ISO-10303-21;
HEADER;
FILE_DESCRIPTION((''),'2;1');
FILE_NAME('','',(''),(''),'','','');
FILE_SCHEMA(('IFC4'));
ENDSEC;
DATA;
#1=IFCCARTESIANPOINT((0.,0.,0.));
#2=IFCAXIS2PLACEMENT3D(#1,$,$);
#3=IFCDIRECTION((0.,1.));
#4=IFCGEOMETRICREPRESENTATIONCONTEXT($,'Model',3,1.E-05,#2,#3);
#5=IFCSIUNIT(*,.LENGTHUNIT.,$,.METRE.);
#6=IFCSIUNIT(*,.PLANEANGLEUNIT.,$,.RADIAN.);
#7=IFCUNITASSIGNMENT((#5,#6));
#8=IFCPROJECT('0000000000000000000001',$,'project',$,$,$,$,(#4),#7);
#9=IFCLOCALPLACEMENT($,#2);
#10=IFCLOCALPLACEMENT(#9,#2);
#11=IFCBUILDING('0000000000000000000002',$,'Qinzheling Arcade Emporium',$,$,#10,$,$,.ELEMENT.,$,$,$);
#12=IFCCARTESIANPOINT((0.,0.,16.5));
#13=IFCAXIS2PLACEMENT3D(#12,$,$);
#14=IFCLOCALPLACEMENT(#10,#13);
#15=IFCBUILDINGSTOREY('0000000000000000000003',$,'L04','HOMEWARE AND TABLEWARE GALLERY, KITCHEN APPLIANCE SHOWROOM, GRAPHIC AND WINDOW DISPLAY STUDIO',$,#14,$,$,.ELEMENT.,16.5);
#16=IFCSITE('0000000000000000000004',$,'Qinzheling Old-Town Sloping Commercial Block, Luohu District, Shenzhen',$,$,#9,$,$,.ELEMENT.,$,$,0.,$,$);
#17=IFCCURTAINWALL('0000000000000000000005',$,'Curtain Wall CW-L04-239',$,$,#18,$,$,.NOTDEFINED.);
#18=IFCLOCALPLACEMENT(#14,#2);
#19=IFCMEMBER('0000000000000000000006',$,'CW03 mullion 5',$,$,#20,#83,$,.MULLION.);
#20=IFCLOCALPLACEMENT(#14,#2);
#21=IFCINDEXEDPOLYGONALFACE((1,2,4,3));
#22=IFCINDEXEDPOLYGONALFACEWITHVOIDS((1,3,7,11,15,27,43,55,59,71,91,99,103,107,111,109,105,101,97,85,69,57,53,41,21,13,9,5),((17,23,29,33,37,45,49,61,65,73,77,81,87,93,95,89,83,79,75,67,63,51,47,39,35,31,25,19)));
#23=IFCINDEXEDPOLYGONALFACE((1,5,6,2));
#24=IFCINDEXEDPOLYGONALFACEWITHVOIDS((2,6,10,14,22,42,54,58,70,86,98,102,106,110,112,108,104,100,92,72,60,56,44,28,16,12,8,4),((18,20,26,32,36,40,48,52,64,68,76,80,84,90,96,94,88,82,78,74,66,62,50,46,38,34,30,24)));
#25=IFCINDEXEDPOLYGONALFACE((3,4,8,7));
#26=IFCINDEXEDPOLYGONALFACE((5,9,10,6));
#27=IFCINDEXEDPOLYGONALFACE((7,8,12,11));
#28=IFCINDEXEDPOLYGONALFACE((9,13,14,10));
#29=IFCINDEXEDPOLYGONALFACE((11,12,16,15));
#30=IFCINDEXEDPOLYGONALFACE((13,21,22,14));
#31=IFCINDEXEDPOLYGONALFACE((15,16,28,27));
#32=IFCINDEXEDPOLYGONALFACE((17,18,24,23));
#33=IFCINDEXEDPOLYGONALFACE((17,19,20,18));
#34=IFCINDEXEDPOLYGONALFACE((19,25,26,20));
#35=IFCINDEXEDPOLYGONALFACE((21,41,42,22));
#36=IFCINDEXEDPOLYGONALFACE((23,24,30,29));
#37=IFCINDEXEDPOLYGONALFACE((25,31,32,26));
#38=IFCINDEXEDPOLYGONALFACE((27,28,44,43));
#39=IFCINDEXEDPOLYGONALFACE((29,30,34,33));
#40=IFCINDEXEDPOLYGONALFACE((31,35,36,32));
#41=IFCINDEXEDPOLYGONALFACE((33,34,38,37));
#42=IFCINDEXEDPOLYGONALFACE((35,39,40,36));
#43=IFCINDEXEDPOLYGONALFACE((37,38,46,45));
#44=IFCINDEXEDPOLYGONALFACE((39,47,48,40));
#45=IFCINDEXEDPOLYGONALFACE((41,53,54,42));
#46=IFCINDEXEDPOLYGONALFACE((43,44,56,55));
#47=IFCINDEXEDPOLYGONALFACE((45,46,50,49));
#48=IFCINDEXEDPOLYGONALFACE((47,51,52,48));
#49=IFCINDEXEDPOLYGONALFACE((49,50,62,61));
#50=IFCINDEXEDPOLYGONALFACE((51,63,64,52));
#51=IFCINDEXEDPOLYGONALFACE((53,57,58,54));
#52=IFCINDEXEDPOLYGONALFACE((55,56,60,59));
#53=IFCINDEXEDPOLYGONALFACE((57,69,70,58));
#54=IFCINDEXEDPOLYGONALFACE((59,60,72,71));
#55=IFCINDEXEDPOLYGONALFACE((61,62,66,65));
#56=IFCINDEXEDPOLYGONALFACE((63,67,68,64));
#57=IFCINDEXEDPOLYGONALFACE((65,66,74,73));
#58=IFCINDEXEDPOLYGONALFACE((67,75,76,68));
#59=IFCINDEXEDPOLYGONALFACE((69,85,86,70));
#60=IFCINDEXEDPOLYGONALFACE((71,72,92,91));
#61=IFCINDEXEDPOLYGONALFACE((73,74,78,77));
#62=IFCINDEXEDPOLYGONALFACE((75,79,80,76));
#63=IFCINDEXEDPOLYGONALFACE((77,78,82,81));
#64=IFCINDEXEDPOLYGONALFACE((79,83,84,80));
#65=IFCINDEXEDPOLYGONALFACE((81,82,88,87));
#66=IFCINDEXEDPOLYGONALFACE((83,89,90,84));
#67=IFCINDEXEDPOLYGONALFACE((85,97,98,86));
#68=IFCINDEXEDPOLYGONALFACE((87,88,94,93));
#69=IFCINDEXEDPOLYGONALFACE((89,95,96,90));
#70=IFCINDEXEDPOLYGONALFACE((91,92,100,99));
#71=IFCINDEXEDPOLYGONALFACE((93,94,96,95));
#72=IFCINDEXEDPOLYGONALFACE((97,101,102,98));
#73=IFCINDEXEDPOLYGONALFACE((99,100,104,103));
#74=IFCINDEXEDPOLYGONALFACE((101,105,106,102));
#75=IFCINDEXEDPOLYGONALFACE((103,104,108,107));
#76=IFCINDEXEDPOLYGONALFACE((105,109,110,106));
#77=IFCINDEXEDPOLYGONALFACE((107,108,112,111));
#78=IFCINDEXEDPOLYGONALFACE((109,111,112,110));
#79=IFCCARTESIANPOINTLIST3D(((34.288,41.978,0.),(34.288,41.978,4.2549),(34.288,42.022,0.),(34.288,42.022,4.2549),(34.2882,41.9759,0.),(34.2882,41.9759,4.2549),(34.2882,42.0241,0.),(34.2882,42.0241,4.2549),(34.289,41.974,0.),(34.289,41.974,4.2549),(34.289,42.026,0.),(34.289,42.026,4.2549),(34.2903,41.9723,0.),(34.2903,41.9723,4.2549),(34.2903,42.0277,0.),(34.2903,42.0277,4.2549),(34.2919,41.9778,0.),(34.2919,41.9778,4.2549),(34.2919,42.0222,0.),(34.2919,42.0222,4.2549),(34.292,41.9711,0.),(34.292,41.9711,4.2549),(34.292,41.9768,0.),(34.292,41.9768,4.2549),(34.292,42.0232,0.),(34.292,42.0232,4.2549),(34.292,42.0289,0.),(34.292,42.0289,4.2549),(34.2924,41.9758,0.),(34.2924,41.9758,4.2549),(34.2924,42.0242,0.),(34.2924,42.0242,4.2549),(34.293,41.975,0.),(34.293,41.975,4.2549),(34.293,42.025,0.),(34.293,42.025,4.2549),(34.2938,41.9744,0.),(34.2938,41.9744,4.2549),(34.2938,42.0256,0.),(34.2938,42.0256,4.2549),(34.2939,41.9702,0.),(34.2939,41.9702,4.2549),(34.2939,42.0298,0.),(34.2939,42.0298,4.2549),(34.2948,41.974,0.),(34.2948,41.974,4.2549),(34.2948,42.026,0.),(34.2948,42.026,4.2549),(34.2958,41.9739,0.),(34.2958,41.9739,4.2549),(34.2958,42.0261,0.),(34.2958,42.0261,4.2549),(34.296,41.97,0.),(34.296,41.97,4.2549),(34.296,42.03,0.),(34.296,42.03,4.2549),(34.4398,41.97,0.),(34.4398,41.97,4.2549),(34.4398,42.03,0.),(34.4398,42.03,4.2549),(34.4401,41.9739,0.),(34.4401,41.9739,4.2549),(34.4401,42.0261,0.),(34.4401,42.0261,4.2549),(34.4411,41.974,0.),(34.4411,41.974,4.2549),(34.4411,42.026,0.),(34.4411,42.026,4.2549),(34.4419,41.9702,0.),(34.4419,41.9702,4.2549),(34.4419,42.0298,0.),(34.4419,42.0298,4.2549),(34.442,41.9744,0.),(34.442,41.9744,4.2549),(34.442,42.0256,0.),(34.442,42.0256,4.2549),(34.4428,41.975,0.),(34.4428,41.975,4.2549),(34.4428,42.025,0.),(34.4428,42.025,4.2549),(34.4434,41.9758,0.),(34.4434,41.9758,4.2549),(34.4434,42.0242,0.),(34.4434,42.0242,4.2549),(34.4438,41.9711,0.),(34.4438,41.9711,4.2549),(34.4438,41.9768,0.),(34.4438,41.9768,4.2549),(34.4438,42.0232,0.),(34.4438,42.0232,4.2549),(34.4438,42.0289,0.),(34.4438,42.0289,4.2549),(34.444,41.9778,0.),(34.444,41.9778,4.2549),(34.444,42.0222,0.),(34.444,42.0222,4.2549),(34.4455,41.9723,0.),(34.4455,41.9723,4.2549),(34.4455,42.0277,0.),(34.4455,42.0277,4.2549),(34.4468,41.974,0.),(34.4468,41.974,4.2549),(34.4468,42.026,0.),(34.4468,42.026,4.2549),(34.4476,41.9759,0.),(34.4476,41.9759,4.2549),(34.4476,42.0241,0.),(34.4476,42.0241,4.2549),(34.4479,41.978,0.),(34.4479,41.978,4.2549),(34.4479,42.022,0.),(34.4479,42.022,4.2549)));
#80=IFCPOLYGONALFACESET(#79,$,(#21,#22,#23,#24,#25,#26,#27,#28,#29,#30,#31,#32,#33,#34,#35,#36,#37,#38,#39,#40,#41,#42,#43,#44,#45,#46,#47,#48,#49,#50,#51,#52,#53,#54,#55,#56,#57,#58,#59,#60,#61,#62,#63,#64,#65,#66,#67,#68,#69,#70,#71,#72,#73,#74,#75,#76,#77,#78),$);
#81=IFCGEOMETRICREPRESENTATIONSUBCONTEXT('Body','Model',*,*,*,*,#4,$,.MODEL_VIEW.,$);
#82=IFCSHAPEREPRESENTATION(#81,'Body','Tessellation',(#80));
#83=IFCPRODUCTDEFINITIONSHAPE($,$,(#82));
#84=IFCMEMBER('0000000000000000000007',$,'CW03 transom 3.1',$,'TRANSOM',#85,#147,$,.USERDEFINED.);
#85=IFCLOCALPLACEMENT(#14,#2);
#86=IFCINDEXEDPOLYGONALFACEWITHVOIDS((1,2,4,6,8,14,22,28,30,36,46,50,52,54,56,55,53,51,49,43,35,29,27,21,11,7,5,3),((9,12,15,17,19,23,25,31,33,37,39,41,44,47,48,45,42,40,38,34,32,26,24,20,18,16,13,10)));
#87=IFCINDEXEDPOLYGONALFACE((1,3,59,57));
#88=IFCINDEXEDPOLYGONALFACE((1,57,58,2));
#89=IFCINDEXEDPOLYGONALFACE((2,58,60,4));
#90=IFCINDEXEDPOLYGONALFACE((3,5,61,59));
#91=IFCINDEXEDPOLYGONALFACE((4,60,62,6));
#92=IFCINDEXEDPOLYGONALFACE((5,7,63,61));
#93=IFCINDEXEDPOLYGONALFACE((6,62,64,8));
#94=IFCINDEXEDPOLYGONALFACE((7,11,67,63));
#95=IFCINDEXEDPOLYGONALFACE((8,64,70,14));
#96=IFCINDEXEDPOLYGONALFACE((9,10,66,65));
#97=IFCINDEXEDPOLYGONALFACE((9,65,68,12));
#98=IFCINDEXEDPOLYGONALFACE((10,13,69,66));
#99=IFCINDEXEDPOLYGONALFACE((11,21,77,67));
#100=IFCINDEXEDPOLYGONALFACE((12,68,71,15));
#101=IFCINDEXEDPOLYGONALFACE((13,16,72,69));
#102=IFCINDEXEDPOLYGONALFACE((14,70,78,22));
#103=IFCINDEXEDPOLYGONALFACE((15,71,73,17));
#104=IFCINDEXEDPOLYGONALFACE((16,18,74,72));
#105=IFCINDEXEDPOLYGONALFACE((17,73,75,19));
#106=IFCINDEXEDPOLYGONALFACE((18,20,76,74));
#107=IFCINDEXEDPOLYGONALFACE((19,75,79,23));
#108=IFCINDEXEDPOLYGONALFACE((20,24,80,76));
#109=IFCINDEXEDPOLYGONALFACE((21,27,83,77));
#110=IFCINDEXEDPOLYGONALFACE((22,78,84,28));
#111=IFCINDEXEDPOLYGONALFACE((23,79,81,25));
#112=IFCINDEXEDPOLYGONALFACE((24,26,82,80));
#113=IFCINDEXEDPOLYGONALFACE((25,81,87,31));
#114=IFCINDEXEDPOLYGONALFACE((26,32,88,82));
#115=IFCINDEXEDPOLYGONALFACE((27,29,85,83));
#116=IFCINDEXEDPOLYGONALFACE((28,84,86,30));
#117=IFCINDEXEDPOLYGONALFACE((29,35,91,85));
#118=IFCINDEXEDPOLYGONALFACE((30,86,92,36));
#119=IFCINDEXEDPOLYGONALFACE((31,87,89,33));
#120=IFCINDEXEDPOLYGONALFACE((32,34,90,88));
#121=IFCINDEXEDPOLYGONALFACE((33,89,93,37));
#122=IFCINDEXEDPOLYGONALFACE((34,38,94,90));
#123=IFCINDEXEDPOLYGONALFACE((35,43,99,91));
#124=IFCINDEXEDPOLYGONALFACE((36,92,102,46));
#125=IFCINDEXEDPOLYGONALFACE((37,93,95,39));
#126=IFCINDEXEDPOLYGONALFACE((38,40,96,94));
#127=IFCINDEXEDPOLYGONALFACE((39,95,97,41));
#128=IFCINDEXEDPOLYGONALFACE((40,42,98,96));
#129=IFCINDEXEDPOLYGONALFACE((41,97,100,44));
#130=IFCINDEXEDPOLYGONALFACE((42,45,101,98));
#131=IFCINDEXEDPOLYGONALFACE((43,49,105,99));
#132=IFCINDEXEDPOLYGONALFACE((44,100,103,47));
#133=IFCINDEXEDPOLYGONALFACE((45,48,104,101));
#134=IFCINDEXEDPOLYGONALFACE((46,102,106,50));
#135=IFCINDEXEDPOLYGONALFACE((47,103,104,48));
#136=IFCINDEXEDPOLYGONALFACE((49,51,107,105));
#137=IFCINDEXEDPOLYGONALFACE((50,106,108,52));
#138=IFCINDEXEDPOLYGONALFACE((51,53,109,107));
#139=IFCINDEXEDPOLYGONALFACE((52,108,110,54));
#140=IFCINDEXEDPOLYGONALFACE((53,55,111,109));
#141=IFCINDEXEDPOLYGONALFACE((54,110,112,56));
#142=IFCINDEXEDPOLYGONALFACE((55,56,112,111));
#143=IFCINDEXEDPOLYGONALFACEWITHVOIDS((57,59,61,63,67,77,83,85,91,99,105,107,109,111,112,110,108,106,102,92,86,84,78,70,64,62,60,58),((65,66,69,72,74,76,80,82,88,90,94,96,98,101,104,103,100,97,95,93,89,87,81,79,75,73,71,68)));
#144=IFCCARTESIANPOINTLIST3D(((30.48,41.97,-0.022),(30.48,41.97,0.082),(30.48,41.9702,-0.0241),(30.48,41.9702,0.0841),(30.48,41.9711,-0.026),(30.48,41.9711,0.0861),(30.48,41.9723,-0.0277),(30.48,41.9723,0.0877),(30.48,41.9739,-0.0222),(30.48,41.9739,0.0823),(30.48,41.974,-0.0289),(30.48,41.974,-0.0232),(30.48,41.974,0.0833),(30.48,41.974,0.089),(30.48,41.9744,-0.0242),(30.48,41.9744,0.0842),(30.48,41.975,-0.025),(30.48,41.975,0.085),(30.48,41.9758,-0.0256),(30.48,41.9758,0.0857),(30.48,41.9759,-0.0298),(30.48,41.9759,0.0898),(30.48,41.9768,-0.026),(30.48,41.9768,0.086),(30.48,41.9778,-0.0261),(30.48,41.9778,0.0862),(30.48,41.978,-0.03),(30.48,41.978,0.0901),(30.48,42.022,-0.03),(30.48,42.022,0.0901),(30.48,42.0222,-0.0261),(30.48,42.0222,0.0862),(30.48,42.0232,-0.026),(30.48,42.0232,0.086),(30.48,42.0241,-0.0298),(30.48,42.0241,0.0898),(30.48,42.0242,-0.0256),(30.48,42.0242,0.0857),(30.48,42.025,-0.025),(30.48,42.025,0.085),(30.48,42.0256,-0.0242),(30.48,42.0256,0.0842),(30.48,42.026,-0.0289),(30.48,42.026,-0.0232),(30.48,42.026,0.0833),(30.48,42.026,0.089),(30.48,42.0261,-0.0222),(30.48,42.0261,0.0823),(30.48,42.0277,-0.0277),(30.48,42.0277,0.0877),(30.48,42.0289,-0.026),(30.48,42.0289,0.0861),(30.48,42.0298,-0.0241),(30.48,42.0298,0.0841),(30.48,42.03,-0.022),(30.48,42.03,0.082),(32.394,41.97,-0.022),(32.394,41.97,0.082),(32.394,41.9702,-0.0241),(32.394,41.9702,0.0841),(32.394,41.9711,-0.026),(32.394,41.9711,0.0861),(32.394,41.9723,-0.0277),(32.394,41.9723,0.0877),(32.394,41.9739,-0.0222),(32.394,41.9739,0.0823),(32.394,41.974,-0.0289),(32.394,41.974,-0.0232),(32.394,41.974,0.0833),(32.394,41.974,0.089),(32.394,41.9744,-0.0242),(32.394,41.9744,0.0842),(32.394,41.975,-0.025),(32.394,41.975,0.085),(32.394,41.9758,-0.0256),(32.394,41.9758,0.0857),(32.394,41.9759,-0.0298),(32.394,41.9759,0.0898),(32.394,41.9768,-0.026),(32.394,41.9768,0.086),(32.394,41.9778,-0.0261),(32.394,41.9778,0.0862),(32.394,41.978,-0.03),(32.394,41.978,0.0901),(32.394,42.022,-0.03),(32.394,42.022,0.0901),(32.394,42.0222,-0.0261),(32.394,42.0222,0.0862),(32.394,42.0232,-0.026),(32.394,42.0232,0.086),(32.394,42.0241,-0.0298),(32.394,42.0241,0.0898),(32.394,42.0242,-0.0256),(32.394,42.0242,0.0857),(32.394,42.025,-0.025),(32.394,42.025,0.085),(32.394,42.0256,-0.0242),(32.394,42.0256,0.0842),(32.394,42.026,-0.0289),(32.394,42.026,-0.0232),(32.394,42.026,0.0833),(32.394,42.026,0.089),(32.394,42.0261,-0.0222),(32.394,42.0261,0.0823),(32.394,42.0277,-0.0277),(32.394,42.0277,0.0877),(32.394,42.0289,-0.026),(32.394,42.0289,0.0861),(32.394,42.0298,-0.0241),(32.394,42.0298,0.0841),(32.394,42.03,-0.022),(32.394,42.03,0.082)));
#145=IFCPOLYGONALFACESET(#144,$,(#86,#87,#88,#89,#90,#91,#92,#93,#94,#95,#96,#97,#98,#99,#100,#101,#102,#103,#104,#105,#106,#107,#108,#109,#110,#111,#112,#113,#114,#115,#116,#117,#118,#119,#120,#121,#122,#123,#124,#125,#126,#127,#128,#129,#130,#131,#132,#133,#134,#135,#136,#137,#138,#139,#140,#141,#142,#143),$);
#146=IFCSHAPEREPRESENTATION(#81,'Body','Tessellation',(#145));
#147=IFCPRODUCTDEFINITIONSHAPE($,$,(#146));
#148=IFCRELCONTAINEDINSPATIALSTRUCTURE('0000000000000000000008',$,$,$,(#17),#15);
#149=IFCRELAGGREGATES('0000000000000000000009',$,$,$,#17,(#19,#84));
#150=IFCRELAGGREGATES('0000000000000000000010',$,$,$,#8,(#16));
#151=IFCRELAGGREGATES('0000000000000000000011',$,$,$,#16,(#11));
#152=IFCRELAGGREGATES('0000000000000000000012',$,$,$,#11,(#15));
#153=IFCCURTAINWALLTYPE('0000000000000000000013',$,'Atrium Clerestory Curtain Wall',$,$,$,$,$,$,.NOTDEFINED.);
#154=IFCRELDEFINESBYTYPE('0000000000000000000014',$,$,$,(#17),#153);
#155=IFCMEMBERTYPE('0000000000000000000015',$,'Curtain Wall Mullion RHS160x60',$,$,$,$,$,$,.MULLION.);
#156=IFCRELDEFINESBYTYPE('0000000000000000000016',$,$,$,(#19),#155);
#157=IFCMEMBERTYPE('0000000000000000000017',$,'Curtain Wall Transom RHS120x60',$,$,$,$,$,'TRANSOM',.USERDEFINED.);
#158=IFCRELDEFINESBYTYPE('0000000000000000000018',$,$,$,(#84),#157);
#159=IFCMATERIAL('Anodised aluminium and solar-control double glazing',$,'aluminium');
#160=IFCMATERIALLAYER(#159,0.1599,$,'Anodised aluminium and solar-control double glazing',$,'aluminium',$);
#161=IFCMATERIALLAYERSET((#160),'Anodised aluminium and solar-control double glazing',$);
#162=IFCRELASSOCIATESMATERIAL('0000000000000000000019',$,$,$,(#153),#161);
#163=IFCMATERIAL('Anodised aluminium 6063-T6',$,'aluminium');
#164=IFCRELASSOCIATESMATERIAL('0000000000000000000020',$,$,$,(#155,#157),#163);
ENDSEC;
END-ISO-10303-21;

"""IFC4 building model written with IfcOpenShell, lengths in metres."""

from ifc_helpers import new_model, si_unit, direction, frame, origin, origin_2d, place, context, subcontext, project, spatial, hollow_rectangle, extrude, material, layer, layer_set, material_profile, profile_set, type_object, element, aggregate, save


model = new_model("IFC4")

# Units and contexts
model_context = context("Model", 3, precision=1e-05, world=origin(), true_north=direction((0.0, 1.0)))
body_context = subcontext(model_context, "Body", "Model", "MODEL_VIEW")
ifc_project = project(units=[si_unit("LENGTHUNIT", "METRE"), si_unit("PLANEANGLEUNIT", "RADIAN")], contexts=[model_context])

# Site, building, storey
site_placement = place(None, origin())
site = spatial("IfcSite", under=ifc_project, at=site_placement, Name="Qinzheling Old-Town Sloping Commercial Block, Luohu District, Shenzhen", CompositionType="ELEMENT", RefElevation=0.0)
building_placement = place(site_placement, origin())
building = spatial("IfcBuilding", under=site, at=building_placement, Name="Qinzheling Arcade Emporium", CompositionType="ELEMENT")
storey_placement = place(building_placement, frame((0.0, 0.0, 16.5)))
storey = spatial("IfcBuildingStorey", under=building, at=storey_placement, Name="L04", Description="HOMEWARE AND TABLEWARE GALLERY, KITCHEN APPLIANCE SHOWROOM, GRAPHIC AND WINDOW DISPLAY STUDIO", CompositionType="ELEMENT", Elevation=16.5)

# Curtain wall, members
ifc_material_1 = material(Name="Anodised aluminium and solar-control double glazing", Category="aluminium")
ifc_layer_1 = layer(ifc_material_1, 0.1599, Name="Anodised aluminium and solar-control double glazing", Category="aluminium")
ifc_layer_set_1 = layer_set([ifc_layer_1], Name="Anodised aluminium and solar-control double glazing")
curtain_wall_type = type_object("IfcCurtainWallType", Name="Atrium Clerestory Curtain Wall", PredefinedType="NOTDEFINED", material=ifc_layer_set_1)
curtain_wall_placement = place(storey_placement, origin())
curtain_wall = element("IfcCurtainWall", 1, at=curtain_wall_placement, inside=storey, type_object=curtain_wall_type, Name="Curtain Wall CW-L04-239", PredefinedType="NOTDEFINED")
ifc_material_2 = material(Name="Anodised aluminium 6063-T6", Category="aluminium")
ifc_material_profile_1 = material_profile(ifc_material_2, hollow_rectangle(XDim=0.0601, YDim=0.1599, WallThickness=0.0039, InnerFilletRadius=0.0039, OuterFilletRadius=0.0081, at=origin_2d()), Name="RHS 160x60x4", Category="aluminium")
ifc_profile_set_1 = profile_set([ifc_material_profile_1], Name="Anodised aluminium 6063-T6")
member_type_1 = type_object("IfcMemberType", Name="Curtain Wall Mullion RHS160x60", PredefinedType="MULLION", material=ifc_profile_set_1)
member_1_placement = place(storey_placement, frame((34.3679, 42.0, 0.0), z_axis=(0.0, 0.0, 1.0), x_axis=(0.0, 1.0, 0.0)))
member_1 = element("IfcMember", 2, at=member_1_placement, type_object=member_type_1, Name="CW03 mullion 5", PredefinedType="MULLION", context=body_context, shape_type="SweptSolid", body=[
    extrude(hollow_rectangle(XDim=0.0601, YDim=0.1599, WallThickness=0.0039, InnerFilletRadius=0.0039, OuterFilletRadius=0.0081, at=origin_2d()), origin(), (0.0, 0.0, 1.0), 4.2549),
])
ifc_material_profile_2 = material_profile(ifc_material_2, hollow_rectangle(XDim=0.0601, YDim=0.1201, WallThickness=0.0039, InnerFilletRadius=0.0039, OuterFilletRadius=0.0081, at=origin_2d()), Name="RHS 120x60x4", Category="aluminium")
ifc_profile_set_2 = profile_set([ifc_material_profile_2], Name="Anodised aluminium 6063-T6")
member_type_2 = type_object("IfcMemberType", Name="Curtain Wall Transom RHS120x60", ElementType="TRANSOM", PredefinedType="USERDEFINED", material=ifc_profile_set_2)
member_2_placement = place(storey_placement, frame((30.48, 42.0, 0.03), z_axis=(1.0, 0.0, 0.0), x_axis=(0.0, 1.0, 0.0)))
member_2 = element("IfcMember", 3, at=member_2_placement, type_object=member_type_2, Name="CW03 transom 3.1", ObjectType="TRANSOM", PredefinedType="USERDEFINED", context=body_context, shape_type="SweptSolid", body=[
    extrude(hollow_rectangle(XDim=0.0601, YDim=0.1201, WallThickness=0.0039, InnerFilletRadius=0.0039, OuterFilletRadius=0.0081, at=origin_2d()), origin(), (0.0, 0.0, 1.0), 1.9141),
])
aggregate(curtain_wall, [member_1, member_2])

save(model, "model.ifc")
